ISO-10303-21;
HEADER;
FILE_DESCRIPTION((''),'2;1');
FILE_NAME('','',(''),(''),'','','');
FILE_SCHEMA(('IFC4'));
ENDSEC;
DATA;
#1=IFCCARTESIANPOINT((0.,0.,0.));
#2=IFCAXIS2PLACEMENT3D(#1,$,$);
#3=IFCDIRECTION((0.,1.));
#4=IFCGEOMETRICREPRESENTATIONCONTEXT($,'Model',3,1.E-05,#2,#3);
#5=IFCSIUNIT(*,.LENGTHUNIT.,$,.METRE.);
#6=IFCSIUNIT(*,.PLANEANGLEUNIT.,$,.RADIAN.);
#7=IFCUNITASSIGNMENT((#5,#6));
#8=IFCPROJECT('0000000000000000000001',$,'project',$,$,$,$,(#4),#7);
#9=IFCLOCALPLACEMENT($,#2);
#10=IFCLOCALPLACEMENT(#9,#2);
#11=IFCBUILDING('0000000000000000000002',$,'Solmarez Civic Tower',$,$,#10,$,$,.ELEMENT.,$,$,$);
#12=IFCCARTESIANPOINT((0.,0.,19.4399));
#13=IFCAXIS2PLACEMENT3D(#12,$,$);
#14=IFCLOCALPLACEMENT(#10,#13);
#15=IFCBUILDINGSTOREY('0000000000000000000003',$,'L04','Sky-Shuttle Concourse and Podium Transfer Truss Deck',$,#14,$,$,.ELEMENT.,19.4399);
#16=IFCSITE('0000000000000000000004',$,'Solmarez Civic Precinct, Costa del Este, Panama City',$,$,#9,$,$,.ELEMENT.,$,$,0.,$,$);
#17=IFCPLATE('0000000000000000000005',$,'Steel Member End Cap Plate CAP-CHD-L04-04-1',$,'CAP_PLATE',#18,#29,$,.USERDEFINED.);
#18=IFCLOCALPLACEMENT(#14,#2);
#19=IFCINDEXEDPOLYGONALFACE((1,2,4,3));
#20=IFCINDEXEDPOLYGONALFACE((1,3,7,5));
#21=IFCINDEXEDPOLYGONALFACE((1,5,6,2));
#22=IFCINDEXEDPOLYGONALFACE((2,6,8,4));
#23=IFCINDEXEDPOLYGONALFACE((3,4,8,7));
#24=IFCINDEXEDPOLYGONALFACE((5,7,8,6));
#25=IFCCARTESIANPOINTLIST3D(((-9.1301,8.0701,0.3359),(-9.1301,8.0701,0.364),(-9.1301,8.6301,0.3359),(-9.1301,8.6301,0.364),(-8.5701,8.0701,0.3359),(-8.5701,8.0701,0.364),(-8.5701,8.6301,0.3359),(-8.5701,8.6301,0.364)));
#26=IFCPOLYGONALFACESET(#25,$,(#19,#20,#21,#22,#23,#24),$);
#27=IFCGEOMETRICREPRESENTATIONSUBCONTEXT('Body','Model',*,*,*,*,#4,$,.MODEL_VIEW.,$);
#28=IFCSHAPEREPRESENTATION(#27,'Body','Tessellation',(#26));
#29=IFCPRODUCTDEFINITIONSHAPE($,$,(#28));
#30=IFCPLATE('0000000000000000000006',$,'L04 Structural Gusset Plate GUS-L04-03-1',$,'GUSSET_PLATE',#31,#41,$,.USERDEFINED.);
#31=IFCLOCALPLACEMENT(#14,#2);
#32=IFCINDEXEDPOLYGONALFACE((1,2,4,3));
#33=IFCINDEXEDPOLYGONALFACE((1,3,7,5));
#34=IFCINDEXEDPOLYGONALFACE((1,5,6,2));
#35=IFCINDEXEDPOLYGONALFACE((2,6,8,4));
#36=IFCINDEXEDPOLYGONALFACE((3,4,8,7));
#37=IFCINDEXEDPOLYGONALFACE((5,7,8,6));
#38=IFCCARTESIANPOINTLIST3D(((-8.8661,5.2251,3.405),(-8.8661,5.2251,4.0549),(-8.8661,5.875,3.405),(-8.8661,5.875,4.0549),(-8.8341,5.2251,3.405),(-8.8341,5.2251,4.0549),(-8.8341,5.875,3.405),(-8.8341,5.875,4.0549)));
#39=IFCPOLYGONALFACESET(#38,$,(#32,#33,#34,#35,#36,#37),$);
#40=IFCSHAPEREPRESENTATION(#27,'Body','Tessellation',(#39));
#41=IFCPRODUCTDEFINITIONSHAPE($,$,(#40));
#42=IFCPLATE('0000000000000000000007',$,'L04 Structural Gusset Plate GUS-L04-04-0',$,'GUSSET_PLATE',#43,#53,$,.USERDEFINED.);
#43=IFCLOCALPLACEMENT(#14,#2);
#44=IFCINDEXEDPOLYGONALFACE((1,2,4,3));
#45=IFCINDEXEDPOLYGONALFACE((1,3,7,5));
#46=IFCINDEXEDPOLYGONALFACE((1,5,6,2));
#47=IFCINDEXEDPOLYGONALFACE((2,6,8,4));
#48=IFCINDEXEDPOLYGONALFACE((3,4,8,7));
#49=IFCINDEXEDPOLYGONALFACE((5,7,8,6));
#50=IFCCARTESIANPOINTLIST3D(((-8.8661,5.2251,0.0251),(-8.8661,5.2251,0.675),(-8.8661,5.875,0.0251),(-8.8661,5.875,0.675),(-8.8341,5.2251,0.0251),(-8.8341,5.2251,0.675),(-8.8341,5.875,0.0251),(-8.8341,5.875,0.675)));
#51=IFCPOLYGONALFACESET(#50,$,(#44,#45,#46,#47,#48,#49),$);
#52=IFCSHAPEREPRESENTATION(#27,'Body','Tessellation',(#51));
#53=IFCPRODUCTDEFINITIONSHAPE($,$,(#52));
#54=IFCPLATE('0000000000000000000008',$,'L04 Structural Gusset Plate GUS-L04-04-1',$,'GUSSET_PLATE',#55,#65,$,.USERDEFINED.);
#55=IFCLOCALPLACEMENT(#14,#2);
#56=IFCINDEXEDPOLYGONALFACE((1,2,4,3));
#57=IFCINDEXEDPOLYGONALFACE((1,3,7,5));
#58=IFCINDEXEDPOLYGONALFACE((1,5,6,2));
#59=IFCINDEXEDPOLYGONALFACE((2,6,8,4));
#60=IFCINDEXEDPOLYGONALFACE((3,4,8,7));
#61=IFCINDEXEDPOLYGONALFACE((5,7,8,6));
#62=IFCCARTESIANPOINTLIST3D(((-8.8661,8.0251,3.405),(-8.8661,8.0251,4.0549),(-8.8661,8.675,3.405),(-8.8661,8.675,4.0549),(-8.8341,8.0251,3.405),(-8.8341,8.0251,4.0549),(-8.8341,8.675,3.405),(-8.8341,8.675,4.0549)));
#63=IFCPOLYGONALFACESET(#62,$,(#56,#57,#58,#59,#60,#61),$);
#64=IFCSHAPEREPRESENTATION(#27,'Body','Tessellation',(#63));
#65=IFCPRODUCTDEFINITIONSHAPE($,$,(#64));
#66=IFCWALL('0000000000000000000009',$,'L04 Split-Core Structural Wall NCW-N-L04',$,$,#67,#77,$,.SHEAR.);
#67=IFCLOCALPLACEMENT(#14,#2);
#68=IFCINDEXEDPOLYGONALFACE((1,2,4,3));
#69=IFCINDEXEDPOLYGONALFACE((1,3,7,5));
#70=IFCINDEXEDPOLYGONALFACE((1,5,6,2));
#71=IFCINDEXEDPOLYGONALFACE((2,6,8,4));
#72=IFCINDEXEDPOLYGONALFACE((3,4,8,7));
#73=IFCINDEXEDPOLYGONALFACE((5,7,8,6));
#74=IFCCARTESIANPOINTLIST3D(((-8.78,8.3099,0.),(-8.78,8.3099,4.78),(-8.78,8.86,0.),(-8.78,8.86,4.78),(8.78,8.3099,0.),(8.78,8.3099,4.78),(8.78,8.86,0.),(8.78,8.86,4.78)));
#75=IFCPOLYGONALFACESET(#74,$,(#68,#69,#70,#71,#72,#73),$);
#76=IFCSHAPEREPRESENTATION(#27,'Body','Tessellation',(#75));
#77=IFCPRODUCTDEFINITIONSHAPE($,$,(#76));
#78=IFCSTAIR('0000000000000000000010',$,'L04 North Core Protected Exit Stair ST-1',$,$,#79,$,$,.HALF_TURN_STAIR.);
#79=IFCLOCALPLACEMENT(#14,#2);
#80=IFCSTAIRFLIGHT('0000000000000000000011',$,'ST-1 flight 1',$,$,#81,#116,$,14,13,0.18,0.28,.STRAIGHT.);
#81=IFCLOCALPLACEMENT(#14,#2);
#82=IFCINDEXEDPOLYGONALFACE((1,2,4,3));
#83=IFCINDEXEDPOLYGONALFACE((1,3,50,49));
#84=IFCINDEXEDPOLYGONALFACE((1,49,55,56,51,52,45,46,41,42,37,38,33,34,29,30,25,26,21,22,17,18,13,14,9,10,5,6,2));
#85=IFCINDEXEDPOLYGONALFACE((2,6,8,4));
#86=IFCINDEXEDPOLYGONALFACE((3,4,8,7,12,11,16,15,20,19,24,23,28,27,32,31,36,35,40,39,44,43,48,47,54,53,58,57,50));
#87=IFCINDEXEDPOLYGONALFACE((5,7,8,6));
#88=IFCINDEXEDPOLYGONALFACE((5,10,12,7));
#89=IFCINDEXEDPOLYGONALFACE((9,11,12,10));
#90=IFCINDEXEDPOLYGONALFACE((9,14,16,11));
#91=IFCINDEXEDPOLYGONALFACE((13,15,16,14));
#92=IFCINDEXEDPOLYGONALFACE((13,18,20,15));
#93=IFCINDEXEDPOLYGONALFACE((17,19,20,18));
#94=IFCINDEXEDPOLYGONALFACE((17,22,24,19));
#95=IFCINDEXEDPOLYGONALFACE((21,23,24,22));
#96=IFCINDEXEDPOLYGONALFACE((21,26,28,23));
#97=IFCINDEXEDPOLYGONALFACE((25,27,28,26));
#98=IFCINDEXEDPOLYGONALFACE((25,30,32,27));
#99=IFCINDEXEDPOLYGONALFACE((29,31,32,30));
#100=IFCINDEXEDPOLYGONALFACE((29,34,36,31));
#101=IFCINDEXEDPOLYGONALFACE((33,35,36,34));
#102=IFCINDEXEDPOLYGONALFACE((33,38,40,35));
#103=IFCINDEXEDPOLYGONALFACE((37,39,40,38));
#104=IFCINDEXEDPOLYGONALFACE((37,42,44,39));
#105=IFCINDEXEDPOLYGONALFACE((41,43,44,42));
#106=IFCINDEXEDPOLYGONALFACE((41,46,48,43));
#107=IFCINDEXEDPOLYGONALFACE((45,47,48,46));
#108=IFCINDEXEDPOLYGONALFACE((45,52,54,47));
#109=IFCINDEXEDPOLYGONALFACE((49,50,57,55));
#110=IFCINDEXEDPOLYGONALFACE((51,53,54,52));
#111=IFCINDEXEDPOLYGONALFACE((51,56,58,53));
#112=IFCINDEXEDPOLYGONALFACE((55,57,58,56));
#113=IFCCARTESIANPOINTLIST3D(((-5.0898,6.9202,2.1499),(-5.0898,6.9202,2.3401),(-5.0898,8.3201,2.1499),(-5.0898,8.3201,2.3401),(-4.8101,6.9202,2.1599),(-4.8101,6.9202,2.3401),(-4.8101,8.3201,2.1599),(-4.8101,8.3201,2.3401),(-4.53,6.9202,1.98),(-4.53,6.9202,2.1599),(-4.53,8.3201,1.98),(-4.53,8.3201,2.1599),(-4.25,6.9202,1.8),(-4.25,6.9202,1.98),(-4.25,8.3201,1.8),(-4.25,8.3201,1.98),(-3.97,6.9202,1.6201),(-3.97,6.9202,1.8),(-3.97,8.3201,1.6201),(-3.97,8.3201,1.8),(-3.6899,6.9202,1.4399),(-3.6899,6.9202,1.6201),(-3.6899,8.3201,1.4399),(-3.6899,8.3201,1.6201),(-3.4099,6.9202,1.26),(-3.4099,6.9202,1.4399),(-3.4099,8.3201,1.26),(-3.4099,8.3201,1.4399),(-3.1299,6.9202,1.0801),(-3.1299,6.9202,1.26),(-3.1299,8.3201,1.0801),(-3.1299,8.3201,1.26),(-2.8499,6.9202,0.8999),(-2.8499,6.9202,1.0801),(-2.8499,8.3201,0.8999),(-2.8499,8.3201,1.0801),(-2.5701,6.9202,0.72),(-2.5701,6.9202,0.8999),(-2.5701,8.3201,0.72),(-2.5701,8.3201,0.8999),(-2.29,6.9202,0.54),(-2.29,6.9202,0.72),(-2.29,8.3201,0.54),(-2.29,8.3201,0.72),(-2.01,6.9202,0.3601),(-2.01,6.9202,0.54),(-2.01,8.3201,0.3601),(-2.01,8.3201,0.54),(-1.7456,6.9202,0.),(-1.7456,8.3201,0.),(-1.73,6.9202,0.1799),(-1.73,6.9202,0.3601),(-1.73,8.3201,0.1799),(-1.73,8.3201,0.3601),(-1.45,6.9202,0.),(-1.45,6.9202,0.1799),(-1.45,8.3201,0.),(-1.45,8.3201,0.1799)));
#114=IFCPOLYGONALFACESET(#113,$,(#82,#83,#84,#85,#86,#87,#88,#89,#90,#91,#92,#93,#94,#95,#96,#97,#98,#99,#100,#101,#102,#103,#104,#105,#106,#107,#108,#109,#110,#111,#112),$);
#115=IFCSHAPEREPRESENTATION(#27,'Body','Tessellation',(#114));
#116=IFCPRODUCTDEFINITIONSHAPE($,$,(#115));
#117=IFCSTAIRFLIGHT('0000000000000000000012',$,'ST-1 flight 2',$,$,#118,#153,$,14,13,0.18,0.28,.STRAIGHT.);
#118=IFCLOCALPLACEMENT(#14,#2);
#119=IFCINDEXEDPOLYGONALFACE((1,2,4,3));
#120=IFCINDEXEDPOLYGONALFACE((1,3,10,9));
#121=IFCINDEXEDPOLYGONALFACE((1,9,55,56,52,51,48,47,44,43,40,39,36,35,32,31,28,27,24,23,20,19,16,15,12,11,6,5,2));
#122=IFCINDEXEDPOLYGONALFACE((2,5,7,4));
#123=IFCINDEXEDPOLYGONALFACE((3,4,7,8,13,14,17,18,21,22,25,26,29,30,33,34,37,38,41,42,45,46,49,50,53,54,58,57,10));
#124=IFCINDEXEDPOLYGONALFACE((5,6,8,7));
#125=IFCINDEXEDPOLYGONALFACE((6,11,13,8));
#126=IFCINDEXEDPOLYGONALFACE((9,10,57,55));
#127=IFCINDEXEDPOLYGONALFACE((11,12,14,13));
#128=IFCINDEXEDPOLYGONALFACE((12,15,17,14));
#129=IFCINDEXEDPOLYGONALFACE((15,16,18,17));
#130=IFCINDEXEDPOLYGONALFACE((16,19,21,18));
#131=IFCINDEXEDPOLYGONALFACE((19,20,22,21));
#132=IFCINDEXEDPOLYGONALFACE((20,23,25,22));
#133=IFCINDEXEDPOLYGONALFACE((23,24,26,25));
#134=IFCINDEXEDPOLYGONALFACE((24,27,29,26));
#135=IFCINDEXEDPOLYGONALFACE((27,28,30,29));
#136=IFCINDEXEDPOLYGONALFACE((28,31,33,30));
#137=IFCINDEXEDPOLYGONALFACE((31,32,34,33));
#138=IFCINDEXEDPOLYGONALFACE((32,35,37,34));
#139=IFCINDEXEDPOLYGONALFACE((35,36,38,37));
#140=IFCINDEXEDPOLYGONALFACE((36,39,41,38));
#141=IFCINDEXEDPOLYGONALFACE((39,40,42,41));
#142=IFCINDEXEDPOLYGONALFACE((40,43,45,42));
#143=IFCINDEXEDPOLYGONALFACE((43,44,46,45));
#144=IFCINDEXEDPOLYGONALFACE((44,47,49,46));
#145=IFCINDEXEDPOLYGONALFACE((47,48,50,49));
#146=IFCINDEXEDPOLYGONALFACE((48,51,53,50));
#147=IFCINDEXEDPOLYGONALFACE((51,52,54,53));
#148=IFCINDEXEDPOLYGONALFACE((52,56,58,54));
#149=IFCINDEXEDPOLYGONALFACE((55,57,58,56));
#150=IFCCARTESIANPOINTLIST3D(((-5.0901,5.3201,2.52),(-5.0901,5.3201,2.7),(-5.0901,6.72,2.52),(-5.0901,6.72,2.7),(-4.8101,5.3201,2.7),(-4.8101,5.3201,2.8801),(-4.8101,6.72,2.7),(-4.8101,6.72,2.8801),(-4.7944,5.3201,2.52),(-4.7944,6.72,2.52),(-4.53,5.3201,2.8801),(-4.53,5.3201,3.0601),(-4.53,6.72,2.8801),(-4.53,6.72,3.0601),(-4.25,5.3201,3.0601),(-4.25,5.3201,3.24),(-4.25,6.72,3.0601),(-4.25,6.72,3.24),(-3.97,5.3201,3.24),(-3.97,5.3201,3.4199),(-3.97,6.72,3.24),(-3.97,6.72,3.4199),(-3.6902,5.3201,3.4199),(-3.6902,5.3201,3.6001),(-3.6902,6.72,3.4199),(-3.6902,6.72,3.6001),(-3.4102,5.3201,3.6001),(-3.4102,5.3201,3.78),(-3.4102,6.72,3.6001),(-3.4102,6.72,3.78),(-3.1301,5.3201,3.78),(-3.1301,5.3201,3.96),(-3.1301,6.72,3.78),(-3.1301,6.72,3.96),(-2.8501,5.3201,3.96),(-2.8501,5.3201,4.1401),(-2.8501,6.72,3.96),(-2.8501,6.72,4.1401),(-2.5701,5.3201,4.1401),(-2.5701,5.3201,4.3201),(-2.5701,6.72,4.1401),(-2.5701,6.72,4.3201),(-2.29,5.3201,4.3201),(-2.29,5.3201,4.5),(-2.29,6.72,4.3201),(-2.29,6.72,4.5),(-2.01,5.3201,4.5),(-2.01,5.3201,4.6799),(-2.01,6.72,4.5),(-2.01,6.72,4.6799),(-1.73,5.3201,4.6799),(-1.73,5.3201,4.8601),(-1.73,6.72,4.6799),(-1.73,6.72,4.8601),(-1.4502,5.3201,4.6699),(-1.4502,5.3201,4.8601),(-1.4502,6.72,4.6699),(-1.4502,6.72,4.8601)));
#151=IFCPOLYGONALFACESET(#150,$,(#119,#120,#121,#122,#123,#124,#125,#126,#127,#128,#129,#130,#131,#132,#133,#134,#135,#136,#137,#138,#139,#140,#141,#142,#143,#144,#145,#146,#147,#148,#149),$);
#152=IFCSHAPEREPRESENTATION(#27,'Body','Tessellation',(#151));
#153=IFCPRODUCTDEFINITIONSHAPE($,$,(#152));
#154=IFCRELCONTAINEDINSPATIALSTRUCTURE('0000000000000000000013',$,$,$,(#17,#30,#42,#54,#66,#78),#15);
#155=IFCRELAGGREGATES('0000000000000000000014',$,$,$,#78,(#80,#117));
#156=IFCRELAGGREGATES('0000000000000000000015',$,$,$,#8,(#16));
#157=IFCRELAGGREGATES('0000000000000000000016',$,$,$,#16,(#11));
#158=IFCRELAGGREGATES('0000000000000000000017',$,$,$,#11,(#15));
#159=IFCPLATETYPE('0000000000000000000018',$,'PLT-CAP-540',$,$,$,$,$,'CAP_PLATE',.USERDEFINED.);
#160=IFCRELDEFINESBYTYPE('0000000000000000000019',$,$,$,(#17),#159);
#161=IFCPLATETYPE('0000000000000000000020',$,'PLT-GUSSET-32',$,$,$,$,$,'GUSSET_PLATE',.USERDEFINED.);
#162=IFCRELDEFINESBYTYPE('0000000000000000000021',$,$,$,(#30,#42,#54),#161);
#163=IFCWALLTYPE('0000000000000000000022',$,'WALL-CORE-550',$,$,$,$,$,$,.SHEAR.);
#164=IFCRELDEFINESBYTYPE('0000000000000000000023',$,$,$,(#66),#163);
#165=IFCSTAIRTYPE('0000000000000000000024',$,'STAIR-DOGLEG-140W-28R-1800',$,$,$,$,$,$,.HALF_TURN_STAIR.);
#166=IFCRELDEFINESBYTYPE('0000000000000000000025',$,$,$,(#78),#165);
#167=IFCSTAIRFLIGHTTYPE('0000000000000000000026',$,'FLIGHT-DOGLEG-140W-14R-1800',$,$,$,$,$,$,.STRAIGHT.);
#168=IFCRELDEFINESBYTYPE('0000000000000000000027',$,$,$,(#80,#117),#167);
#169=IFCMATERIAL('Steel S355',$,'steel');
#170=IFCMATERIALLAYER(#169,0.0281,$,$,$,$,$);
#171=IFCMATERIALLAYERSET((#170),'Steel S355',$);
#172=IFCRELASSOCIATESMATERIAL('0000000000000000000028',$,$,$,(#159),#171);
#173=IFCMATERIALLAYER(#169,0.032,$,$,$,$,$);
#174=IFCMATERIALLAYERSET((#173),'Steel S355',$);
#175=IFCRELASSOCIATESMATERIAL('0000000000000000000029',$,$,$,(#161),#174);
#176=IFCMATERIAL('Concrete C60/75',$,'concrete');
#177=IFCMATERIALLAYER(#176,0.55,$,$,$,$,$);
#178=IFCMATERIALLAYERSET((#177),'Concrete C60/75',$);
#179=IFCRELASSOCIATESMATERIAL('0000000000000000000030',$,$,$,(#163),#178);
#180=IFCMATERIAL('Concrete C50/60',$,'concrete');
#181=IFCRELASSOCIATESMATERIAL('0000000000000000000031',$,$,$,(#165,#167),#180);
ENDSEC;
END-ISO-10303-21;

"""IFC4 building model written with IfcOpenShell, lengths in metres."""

from ifc_helpers import new_model, si_unit, direction, frame, frame_2d, origin, origin_2d, place, context, subcontext, project, spatial, polyline, rectangle, outline, extrude, material, layer, layer_set, type_object, element, aggregate, save


model = new_model("IFC4")

# Units and contexts
model_context = context("Model", 3, precision=1e-05, world=origin(), true_north=direction((0.0, 1.0)))
body_context = subcontext(model_context, "Body", "Model", "MODEL_VIEW")
ifc_project = project(units=[si_unit("LENGTHUNIT", "METRE"), si_unit("PLANEANGLEUNIT", "RADIAN")], contexts=[model_context])

# Site, building, storey
site_placement = place(None, origin())
site = spatial("IfcSite", under=ifc_project, at=site_placement, Name="Solmarez Civic Precinct, Costa del Este, Panama City", CompositionType="ELEMENT", RefElevation=0.0)
building_placement = place(site_placement, origin())
building = spatial("IfcBuilding", under=site, at=building_placement, Name="Solmarez Civic Tower", CompositionType="ELEMENT")
storey_placement = place(building_placement, frame((0.0, 0.0, 19.4399)))
storey = spatial("IfcBuildingStorey", under=building, at=storey_placement, Name="L04", Description="Sky-Shuttle Concourse and Podium Transfer Truss Deck", CompositionType="ELEMENT", Elevation=19.4399)

# Shared definitions
ifc_material_1 = material(Name="Concrete C60/75", Category="concrete")

# Shared definitions
ifc_material_2 = material(Name="Steel S355", Category="steel")

# Plates
ifc_layer_1 = layer(ifc_material_2, 0.0281)
ifc_layer_set_1 = layer_set([ifc_layer_1], Name="Steel S355")
plate_type_1 = type_object("IfcPlateType", Name="PLT-CAP-540", ElementType="CAP_PLATE", PredefinedType="USERDEFINED", material=ifc_layer_set_1)
for number, where, z_axis, x_axis, name in (
    (1, (-8.8501, 8.3501, 0.3359), (0.0, 0.0, 1.0), (1.0, 0.0, 0.0), "Steel Member End Cap Plate CAP-CHD-L04-04-1"),
):
    element("IfcPlate", number, at=place(storey_placement, frame(where, z_axis=z_axis, x_axis=x_axis)), inside=storey, type_object=plate_type_1, Name=name, ObjectType="CAP_PLATE", PredefinedType="USERDEFINED", context=body_context, shape_type="SweptSolid", body=[
        extrude(rectangle(XDim=0.5601, YDim=0.5601, at=origin_2d()), origin(), (0.0, 0.0, 1.0), 0.0281),
    ])
ifc_layer_2 = layer(ifc_material_2, 0.032)
ifc_layer_set_2 = layer_set([ifc_layer_2], Name="Steel S355")
plate_type_2 = type_object("IfcPlateType", Name="PLT-GUSSET-32", ElementType="GUSSET_PLATE", PredefinedType="USERDEFINED", material=ifc_layer_set_2)
for number, where, z_axis, x_axis, name in (
    (2, (-8.8501, 5.55, 3.405), (0.0, 0.0, 1.0), (0.0, 1.0, 0.0), "L04 Structural Gusset Plate GUS-L04-03-1"),
    (3, (-8.8501, 5.55, 0.0251), (0.0, 0.0, 1.0), (0.0, 1.0, 0.0), "L04 Structural Gusset Plate GUS-L04-04-0"),
    (4, (-8.8501, 8.3501, 3.405), (0.0, 0.0, 1.0), (0.0, 1.0, 0.0), "L04 Structural Gusset Plate GUS-L04-04-1"),
):
    element("IfcPlate", number, at=place(storey_placement, frame(where, z_axis=z_axis, x_axis=x_axis)), inside=storey, type_object=plate_type_2, Name=name, ObjectType="GUSSET_PLATE", PredefinedType="USERDEFINED", context=body_context, shape_type="SweptSolid", body=[
        extrude(rectangle(XDim=0.6499, YDim=0.032, at=origin_2d()), origin(), (0.0, 0.0, 1.0), 0.6499),
    ])

# Wall
ifc_layer_3 = layer(ifc_material_1, 0.55)
ifc_layer_set_3 = layer_set([ifc_layer_3], Name="Concrete C60/75")
wall_type = type_object("IfcWallType", Name="WALL-CORE-550", PredefinedType="SHEAR", material=ifc_layer_set_3)
wall_placement = place(storey_placement, frame((-8.78, 8.585, 0.0), z_axis=(0.0, 0.0, 1.0), x_axis=(1.0, 0.0, 0.0)))
element("IfcWall", 5, at=wall_placement, inside=storey, type_object=wall_type, Name="L04 Split-Core Structural Wall NCW-N-L04", PredefinedType="SHEAR", context=body_context, shape_type="SweptSolid", body=[
    extrude(rectangle(XDim=17.5601, YDim=0.55, at=frame_2d((8.78, 0.0))), origin(), (0.0, 0.0, 1.0), 4.78),
])

# Stair, stair flights
ifc_material_3 = material(Name="Concrete C50/60", Category="concrete")
stair_type = type_object("IfcStairType", Name="STAIR-DOGLEG-140W-28R-1800", PredefinedType="HALF_TURN_STAIR", material=ifc_material_3)
stair_placement = place(storey_placement, origin())
stair = element("IfcStair", 6, at=stair_placement, inside=storey, type_object=stair_type, Name="L04 North Core Protected Exit Stair ST-1", PredefinedType="HALF_TURN_STAIR")
stair_flight_type = type_object("IfcStairFlightType", Name="FLIGHT-DOGLEG-140W-14R-1800", PredefinedType="STRAIGHT", material=ifc_material_3)
stair_flight_1_placement = place(storey_placement, frame((-1.45, 7.6201, 0.0), z_axis=(0.0, 0.0, 1.0), x_axis=(-1.0, 0.0, 0.0)))
stair_flight_1 = element("IfcStairFlight", 7, at=stair_flight_1_placement, type_object=stair_flight_type, Name="ST-1 flight 1", NumberOfRisers=14, NumberOfTreads=13, PredefinedType="STRAIGHT", RiserHeight=0.18, TreadLength=0.28, context=body_context, shape_type="SweptSolid", body=[
    extrude(outline(polyline([(0.0, 0.0), (0.0, 0.1799), (0.28, 0.1799), (0.28, 0.3601), (0.5601, 0.3601), (0.5601, 0.54), (0.8401, 0.54), (0.8401, 0.72), (1.1201, 0.72), (1.1201, 0.8999), (1.3999, 0.8999), (1.3999, 1.0801), (1.6799, 1.0801), (1.6799, 1.26), (1.96, 1.26), (1.96, 1.4399), (2.24, 1.4399), (2.24, 1.6201), (2.52, 1.6201), (2.52, 1.8), (2.8, 1.8), (2.8, 1.98), (3.0801, 1.98), (3.0801, 2.1599), (3.3601, 2.1599), (3.3601, 2.3401), (3.6399, 2.3401), (3.6399, 2.52), (3.6399, 2.1499), (0.2957, 0.0), (0.0, 0.0)])), frame((0.0, 0.7, 0.0), z_axis=(0.0, -1.0, 0.0), x_axis=(1.0, 0.0, 0.0)), (0.0, 0.0, 1.0), 1.3999),
])
stair_flight_2_placement = place(storey_placement, frame((-5.0901, 6.02, 2.52), z_axis=(0.0, 0.0, 1.0), x_axis=(1.0, 0.0, 0.0)))
stair_flight_2 = element("IfcStairFlight", 8, at=stair_flight_2_placement, type_object=stair_flight_type, Name="ST-1 flight 2", NumberOfRisers=14, NumberOfTreads=13, PredefinedType="STRAIGHT", RiserHeight=0.18, TreadLength=0.28, context=body_context, shape_type="SweptSolid", body=[
    extrude(outline(polyline([(0.0, 0.0), (0.0, 0.1799), (0.28, 0.1799), (0.28, 0.3601), (0.5601, 0.3601), (0.5601, 0.54), (0.8401, 0.54), (0.8401, 0.72), (1.1201, 0.72), (1.1201, 0.8999), (1.3999, 0.8999), (1.3999, 1.0801), (1.6799, 1.0801), (1.6799, 1.26), (1.96, 1.26), (1.96, 1.4399), (2.24, 1.4399), (2.24, 1.6201), (2.52, 1.6201), (2.52, 1.8), (2.8, 1.8), (2.8, 1.98), (3.0801, 1.98), (3.0801, 2.1599), (3.3601, 2.1599), (3.3601, 2.3401), (3.6399, 2.3401), (3.6399, 2.52), (3.6399, 2.1499), (0.2957, 0.0), (0.0, 0.0)])), frame((0.0, 0.7, 0.0), z_axis=(0.0, -1.0, 0.0), x_axis=(1.0, 0.0, 0.0)), (0.0, 0.0, 1.0), 1.3999),
])
aggregate(stair, [stair_flight_1, stair_flight_2])

save(model, "model.ifc")
